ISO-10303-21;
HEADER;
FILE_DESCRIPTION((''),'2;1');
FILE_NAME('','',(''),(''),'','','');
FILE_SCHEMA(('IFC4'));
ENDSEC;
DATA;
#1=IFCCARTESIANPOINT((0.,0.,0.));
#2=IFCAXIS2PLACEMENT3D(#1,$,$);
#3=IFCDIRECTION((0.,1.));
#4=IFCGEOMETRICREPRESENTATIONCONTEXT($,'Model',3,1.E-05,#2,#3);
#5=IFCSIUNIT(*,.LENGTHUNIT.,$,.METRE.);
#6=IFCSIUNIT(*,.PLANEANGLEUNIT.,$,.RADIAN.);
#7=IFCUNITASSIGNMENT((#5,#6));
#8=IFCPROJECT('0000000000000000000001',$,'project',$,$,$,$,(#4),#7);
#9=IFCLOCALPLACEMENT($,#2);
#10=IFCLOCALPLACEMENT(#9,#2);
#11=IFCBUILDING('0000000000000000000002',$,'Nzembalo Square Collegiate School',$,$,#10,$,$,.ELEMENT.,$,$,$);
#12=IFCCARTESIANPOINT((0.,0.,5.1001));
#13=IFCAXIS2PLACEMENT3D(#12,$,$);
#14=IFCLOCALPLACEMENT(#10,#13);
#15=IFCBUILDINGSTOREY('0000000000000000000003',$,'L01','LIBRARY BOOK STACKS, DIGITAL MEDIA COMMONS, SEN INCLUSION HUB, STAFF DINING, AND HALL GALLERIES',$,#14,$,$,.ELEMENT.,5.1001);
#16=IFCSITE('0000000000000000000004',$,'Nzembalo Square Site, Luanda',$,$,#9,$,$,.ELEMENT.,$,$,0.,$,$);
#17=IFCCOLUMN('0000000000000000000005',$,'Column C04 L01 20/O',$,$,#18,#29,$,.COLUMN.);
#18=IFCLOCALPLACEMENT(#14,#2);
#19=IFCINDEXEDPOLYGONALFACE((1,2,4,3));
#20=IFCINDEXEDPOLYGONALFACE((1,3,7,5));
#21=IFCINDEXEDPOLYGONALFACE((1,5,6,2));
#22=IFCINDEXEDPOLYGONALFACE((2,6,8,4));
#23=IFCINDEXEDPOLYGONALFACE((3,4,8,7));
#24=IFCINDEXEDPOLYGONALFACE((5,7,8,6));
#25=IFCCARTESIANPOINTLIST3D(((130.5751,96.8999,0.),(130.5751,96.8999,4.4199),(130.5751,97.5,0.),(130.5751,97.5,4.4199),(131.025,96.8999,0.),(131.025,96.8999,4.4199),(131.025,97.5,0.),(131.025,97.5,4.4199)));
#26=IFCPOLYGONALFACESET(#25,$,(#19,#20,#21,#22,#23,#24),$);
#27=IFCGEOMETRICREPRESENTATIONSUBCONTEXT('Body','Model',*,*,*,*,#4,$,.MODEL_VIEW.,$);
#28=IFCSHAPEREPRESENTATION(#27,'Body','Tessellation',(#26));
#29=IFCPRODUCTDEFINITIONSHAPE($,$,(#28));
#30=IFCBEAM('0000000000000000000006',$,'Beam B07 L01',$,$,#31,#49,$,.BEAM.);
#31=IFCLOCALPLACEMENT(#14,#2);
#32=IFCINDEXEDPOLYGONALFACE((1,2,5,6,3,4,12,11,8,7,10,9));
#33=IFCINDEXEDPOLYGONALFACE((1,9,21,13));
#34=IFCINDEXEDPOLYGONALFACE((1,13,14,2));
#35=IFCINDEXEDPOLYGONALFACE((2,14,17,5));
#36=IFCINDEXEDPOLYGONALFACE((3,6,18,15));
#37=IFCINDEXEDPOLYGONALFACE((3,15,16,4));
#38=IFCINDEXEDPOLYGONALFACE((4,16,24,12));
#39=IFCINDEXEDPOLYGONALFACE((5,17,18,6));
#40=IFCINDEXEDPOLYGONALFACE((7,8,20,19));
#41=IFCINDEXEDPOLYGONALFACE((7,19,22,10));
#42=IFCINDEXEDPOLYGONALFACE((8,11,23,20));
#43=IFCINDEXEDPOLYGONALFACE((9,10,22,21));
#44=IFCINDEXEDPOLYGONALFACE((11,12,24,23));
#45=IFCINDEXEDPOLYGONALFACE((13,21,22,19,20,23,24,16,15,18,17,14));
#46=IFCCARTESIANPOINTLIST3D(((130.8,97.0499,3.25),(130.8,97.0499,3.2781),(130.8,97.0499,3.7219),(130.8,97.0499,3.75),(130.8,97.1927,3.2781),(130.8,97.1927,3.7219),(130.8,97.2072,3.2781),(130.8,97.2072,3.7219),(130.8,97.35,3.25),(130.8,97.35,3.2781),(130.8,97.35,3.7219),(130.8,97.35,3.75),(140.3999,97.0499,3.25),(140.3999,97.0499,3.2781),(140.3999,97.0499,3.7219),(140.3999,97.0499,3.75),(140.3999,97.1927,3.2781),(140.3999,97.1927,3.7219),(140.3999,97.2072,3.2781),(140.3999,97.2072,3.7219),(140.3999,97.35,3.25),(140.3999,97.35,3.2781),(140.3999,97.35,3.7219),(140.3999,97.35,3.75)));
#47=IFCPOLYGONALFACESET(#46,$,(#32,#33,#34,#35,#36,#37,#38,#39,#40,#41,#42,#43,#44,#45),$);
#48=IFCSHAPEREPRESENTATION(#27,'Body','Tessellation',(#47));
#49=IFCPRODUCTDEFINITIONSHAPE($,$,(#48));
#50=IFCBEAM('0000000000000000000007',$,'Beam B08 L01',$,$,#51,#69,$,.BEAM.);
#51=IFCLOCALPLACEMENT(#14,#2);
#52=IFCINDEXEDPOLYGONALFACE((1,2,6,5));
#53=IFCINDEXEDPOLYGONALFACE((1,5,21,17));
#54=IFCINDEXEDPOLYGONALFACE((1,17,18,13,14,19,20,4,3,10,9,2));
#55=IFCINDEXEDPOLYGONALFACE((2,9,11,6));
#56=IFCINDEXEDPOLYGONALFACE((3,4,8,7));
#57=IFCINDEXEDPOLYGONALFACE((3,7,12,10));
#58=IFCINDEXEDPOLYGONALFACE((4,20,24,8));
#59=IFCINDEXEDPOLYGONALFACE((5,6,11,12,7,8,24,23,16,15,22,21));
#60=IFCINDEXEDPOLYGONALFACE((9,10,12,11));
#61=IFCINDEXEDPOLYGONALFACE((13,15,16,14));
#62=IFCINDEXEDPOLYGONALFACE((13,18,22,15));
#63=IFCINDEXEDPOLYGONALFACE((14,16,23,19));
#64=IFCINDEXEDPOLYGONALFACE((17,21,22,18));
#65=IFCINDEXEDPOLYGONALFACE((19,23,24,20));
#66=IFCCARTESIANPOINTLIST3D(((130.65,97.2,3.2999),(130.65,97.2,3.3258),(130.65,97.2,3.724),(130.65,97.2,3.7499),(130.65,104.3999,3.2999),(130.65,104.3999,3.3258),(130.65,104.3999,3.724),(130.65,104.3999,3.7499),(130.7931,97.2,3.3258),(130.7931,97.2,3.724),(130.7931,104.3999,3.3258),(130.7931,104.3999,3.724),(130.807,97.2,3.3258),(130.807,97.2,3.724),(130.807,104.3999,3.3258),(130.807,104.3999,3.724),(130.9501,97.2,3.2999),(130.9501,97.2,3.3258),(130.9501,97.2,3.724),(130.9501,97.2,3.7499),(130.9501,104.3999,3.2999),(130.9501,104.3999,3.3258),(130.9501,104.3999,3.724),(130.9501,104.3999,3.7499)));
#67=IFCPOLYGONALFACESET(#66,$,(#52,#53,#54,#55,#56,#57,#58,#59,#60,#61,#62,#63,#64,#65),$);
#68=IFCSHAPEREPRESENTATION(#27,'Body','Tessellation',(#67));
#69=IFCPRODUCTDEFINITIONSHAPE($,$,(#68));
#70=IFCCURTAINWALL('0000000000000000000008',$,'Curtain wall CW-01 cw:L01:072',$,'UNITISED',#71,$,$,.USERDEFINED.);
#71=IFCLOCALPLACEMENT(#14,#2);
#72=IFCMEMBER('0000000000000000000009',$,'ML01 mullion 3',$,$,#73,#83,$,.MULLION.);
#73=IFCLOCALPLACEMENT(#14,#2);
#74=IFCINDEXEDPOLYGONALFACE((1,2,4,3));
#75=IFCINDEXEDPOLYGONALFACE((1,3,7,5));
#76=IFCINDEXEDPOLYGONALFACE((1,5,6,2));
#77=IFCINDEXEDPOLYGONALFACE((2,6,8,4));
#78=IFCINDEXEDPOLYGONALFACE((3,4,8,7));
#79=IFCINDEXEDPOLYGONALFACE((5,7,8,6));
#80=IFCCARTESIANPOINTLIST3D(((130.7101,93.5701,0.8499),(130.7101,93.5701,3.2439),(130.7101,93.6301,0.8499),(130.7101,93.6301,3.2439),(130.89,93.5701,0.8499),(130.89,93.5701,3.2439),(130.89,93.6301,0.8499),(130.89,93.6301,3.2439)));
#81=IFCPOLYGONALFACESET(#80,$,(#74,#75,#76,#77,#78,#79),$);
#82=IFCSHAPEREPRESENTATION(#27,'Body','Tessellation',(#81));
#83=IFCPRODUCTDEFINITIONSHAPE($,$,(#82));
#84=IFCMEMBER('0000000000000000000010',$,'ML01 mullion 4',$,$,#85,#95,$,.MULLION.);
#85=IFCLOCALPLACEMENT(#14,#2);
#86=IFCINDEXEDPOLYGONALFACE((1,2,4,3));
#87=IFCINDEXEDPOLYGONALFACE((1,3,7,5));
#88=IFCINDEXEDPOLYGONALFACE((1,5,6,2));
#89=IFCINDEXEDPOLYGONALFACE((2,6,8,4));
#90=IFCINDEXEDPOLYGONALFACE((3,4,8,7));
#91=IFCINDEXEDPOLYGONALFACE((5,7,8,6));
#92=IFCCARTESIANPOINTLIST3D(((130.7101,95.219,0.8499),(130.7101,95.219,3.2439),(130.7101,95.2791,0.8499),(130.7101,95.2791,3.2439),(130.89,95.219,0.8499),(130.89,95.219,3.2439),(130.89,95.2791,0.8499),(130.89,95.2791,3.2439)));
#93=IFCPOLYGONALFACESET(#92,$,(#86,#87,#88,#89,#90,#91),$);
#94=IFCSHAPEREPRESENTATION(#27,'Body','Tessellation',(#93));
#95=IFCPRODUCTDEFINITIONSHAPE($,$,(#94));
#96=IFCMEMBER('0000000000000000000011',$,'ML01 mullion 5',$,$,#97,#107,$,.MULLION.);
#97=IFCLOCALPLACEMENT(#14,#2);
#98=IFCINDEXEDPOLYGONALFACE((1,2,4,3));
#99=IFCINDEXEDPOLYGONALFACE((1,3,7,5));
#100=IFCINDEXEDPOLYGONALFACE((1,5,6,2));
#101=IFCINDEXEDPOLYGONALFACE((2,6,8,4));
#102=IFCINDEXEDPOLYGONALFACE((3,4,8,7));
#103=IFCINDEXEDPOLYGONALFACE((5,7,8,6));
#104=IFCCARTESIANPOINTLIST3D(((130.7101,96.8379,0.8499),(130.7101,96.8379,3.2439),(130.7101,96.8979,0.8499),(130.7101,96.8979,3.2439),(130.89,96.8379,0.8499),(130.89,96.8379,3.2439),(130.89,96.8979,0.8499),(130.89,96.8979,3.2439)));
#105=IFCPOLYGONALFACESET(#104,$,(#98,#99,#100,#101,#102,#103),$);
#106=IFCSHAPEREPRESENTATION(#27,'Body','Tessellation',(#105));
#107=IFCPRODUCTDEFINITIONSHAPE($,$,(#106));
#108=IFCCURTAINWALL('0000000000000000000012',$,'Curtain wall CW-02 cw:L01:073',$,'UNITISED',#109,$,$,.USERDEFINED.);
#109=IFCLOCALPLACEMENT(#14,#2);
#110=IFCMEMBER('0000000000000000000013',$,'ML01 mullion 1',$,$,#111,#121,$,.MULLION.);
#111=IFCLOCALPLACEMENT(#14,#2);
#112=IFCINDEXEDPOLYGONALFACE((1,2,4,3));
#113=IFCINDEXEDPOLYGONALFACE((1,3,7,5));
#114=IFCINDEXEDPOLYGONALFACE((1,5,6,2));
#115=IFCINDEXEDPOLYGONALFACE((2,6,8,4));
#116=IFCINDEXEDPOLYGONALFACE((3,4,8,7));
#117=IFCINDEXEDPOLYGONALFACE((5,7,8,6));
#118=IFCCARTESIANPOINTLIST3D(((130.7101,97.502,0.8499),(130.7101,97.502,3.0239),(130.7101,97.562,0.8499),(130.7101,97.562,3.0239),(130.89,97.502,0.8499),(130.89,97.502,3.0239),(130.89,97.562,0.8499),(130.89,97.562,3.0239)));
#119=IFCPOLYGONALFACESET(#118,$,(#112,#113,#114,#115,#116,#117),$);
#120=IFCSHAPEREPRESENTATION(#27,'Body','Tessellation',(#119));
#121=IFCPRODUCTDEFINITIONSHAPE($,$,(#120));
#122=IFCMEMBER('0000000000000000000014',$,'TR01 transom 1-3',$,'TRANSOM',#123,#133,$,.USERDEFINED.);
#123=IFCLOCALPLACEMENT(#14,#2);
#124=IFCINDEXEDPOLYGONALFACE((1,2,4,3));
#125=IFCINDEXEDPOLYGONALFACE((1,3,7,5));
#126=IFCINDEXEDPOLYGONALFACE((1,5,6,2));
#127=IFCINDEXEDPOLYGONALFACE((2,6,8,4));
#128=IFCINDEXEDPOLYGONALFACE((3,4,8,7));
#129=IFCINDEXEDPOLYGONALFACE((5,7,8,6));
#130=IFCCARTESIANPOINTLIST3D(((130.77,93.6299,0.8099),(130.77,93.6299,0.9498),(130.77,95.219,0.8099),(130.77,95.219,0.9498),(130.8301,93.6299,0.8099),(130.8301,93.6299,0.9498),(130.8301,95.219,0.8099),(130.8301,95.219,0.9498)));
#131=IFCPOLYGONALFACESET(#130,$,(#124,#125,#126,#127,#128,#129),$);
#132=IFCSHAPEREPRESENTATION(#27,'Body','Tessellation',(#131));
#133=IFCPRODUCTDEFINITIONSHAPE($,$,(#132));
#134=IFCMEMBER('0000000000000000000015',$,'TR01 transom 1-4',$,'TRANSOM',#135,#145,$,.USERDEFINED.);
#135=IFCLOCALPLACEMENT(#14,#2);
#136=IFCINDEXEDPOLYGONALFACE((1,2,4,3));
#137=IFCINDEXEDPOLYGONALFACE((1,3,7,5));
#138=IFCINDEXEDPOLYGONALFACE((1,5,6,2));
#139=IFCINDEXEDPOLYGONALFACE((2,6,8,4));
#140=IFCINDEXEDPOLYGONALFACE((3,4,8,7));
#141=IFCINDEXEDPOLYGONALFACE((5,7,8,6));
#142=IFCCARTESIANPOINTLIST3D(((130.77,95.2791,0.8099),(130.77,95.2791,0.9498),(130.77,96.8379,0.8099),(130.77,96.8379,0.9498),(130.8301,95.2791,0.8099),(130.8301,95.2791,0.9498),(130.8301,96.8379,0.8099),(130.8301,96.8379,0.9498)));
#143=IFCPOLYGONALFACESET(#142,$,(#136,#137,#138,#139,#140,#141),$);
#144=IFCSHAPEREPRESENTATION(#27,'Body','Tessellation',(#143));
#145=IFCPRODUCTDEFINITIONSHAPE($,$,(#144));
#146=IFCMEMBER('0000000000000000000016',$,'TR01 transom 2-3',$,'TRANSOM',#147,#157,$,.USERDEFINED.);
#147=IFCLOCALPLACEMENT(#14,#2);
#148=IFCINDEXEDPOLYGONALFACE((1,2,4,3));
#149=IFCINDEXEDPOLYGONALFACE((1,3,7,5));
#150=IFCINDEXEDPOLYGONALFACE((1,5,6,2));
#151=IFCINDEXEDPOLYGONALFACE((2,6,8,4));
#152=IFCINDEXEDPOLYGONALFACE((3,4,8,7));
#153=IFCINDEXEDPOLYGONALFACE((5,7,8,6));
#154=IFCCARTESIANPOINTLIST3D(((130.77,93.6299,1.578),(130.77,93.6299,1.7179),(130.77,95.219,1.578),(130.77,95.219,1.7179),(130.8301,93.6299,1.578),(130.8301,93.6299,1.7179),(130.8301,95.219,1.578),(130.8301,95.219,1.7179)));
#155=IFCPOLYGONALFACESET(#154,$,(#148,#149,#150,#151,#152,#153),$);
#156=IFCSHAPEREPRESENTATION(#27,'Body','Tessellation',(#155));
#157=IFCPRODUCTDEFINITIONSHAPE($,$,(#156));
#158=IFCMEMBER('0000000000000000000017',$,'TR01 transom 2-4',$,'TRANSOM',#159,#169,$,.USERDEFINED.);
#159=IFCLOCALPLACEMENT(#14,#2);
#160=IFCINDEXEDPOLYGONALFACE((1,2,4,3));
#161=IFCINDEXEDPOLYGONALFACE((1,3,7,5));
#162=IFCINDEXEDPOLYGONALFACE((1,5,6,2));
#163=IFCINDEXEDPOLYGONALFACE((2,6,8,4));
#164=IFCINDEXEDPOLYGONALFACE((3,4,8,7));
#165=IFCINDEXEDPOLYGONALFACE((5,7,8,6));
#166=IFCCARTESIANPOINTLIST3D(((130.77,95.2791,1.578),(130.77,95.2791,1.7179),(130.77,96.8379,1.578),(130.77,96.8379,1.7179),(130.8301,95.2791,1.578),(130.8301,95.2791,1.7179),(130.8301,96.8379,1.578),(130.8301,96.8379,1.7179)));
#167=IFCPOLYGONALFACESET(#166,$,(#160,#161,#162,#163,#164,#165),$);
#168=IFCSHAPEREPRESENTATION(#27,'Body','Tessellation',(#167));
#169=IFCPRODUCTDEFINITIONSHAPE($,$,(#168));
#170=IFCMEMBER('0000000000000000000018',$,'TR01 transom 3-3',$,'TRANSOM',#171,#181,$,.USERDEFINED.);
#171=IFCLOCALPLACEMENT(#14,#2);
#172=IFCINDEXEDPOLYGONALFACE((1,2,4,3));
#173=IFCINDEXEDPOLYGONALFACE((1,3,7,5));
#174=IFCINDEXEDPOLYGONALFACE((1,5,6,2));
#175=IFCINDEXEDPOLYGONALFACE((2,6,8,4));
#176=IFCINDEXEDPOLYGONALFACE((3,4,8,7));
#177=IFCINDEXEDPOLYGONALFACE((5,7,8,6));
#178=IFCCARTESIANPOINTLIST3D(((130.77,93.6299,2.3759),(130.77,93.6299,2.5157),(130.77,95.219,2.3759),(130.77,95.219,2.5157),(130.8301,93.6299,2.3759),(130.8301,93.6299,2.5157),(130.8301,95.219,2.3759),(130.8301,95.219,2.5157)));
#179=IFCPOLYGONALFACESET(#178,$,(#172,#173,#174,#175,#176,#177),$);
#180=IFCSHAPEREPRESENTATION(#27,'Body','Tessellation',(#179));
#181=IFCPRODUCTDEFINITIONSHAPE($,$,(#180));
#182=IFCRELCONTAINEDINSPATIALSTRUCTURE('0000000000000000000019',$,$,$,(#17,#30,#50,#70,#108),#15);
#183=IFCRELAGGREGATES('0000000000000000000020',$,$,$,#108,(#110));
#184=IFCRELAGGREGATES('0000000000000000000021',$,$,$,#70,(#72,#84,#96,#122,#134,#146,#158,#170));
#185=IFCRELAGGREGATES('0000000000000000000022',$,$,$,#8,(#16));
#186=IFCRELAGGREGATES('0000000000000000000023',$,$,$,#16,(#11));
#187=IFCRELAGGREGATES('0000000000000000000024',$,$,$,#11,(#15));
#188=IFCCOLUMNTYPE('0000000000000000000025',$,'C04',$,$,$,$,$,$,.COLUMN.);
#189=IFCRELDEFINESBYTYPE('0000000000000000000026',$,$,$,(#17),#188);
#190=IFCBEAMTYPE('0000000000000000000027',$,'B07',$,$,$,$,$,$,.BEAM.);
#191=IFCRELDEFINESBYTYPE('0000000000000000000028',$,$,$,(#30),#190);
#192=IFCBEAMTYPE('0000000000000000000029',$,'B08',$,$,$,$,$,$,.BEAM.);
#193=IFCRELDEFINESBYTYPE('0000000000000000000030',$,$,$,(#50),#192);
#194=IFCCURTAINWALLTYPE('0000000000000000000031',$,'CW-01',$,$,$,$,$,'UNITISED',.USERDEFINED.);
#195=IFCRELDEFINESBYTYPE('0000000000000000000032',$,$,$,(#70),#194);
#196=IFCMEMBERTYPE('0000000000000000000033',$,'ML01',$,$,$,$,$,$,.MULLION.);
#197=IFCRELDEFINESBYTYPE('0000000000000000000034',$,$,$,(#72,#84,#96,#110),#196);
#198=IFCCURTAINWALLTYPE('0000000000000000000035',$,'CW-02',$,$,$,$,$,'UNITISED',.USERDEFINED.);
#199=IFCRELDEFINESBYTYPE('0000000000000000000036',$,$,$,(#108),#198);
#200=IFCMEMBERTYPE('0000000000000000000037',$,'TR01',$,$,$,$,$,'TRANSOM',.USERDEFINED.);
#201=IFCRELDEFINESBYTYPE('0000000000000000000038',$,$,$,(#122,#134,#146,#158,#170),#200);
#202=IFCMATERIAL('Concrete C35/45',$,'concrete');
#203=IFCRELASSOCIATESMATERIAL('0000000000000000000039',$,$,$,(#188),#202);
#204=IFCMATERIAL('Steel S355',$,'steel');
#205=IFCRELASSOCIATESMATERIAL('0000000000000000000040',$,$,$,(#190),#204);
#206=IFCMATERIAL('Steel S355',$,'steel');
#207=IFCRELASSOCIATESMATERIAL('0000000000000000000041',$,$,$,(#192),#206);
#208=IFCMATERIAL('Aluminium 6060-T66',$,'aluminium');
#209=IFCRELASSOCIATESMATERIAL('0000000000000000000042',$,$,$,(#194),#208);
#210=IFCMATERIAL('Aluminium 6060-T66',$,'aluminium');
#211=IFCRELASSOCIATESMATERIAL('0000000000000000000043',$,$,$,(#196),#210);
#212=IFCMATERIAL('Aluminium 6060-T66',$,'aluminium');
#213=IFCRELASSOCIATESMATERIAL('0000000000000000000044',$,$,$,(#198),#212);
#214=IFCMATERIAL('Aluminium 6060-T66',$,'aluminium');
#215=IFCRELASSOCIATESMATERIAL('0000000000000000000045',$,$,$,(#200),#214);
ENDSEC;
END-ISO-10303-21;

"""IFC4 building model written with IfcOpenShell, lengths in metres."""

from ifc_helpers import new_model, si_unit, direction, frame, origin, origin_2d, place, context, subcontext, project, spatial, rectangle, i_section, extrude, material, material_profile, profile_set, type_object, element, aggregate, save


model = new_model("IFC4")

# Units and contexts
model_context = context("Model", 3, precision=1e-05, world=origin(), true_north=direction((0.0, 1.0)))
body_context = subcontext(model_context, "Body", "Model", "MODEL_VIEW")
ifc_project = project(units=[si_unit("LENGTHUNIT", "METRE"), si_unit("PLANEANGLEUNIT", "RADIAN")], contexts=[model_context])

# Site, building, storey
site_placement = place(None, origin())
site = spatial("IfcSite", under=ifc_project, at=site_placement, Name="Nzembalo Square Site, Luanda", CompositionType="ELEMENT", RefElevation=0.0)
building_placement = place(site_placement, origin())
building = spatial("IfcBuilding", under=site, at=building_placement, Name="Nzembalo Square Collegiate School", CompositionType="ELEMENT")
storey_placement = place(building_placement, frame((0.0, 0.0, 5.1001)))
storey = spatial("IfcBuildingStorey", under=building, at=storey_placement, Name="L01", Description="LIBRARY BOOK STACKS, DIGITAL MEDIA COMMONS, SEN INCLUSION HUB, STAFF DINING, AND HALL GALLERIES", CompositionType="ELEMENT", Elevation=5.1001)

# Column
ifc_material_1 = material(Name="Concrete C35/45", Category="concrete")
ifc_material_profile_1 = material_profile(ifc_material_1, rectangle(XDim=0.45, YDim=0.6001, at=origin_2d()), Name="RC 450x600")
ifc_profile_set_1 = profile_set([ifc_material_profile_1], Name="Concrete C35/45")
column_type = type_object("IfcColumnType", Name="C04", PredefinedType="COLUMN", material=ifc_profile_set_1)
column_placement = place(storey_placement, frame((130.8, 97.2, 0.0), z_axis=(0.0, 0.0, 1.0), x_axis=(1.0, 0.0, 0.0)))
element("IfcColumn", 1, at=column_placement, inside=storey, type_object=column_type, Name="Column C04 L01 20/O", PredefinedType="COLUMN", context=body_context, shape_type="SweptSolid", body=[
    extrude(rectangle(XDim=0.45, YDim=0.6001, at=origin_2d()), origin(), (0.0, 0.0, 1.0), 4.4199),
])

# Beams
ifc_material_2 = material(Name="Steel S355", Category="steel")
ifc_material_profile_2 = material_profile(ifc_material_2, i_section(OverallWidth=0.3, OverallDepth=0.5, WebThickness=0.0144, FlangeThickness=0.0281, at=origin_2d()), Name="HEB 500")
ifc_profile_set_2 = profile_set([ifc_material_profile_2], Name="Steel S355")
beam_type_1 = type_object("IfcBeamType", Name="B07", PredefinedType="BEAM", material=ifc_profile_set_2)
beam_1_placement = place(storey_placement, frame((130.8, 97.2, 3.5), z_axis=(1.0, 0.0, 0.0), x_axis=(0.0, 1.0, 0.0)))
element("IfcBeam", 2, at=beam_1_placement, inside=storey, type_object=beam_type_1, Name="Beam B07 L01", PredefinedType="BEAM", context=body_context, shape_type="SweptSolid", body=[
    extrude(i_section(OverallWidth=0.3, OverallDepth=0.5, WebThickness=0.0144, FlangeThickness=0.0281, at=origin_2d()), origin(), (0.0, 0.0, 1.0), 9.5999),
])
ifc_material_3 = material(Name="Steel S355", Category="steel")
ifc_material_profile_3 = material_profile(ifc_material_3, i_section(OverallWidth=0.3, OverallDepth=0.45, WebThickness=0.0139, FlangeThickness=0.0259, at=origin_2d()), Name="HEB 450")
ifc_profile_set_3 = profile_set([ifc_material_profile_3], Name="Steel S355")
beam_type_2 = type_object("IfcBeamType", Name="B08", PredefinedType="BEAM", material=ifc_profile_set_3)
beam_2_placement = place(storey_placement, frame((130.8, 97.2, 3.5249), z_axis=(0.0, 1.0, 0.0), x_axis=(-1.0, 0.0, 0.0)))
element("IfcBeam", 3, at=beam_2_placement, inside=storey, type_object=beam_type_2, Name="Beam B08 L01", PredefinedType="BEAM", context=body_context, shape_type="SweptSolid", body=[
    extrude(i_section(OverallWidth=0.3, OverallDepth=0.45, WebThickness=0.0139, FlangeThickness=0.0259, at=origin_2d()), origin(), (0.0, 0.0, 1.0), 7.2),
])

# Curtain wall, members
ifc_material_4 = material(Name="Aluminium 6060-T66", Category="aluminium")
curtain_wall_type_1 = type_object("IfcCurtainWallType", Name="CW-01", ElementType="UNITISED", PredefinedType="USERDEFINED", material=ifc_material_4)
curtain_wall_1_placement = place(storey_placement, origin())
curtain_wall_1 = element("IfcCurtainWall", 4, at=curtain_wall_1_placement, inside=storey, type_object=curtain_wall_type_1, Name="Curtain wall CW-01 cw:L01:072", ObjectType="UNITISED", PredefinedType="USERDEFINED")
ifc_material_5 = material(Name="Aluminium 6060-T66", Category="aluminium")
ifc_material_profile_4 = material_profile(ifc_material_5, rectangle(XDim=0.0601, YDim=0.1799, at=origin_2d()), Name="ALU M60x180")
ifc_profile_set_4 = profile_set([ifc_material_profile_4], Name="Aluminium 6060-T66")
member_type_1 = type_object("IfcMemberType", Name="ML01", PredefinedType="MULLION", material=ifc_profile_set_4)
member_1_placement = place(storey_placement, frame((130.8, 93.6001, 0.8499), z_axis=(0.0, 0.0, 1.0), x_axis=(0.0, 1.0, 0.0)))
member_1 = element("IfcMember", 5, at=member_1_placement, type_object=member_type_1, Name="ML01 mullion 3", PredefinedType="MULLION", context=body_context, shape_type="SweptSolid", body=[
    extrude(rectangle(XDim=0.0601, YDim=0.1799, at=origin_2d()), origin(), (0.0, 0.0, 1.0), 2.394),
])
member_2_placement = place(storey_placement, frame((130.8, 95.249, 0.8499), z_axis=(0.0, 0.0, 1.0), x_axis=(0.0, 1.0, 0.0)))
member_2 = element("IfcMember", 6, at=member_2_placement, type_object=member_type_1, Name="ML01 mullion 4", PredefinedType="MULLION", context=body_context, shape_type="SweptSolid", body=[
    extrude(rectangle(XDim=0.0601, YDim=0.1799, at=origin_2d()), origin(), (0.0, 0.0, 1.0), 2.394),
])
member_3_placement = place(storey_placement, frame((130.8, 96.8679, 0.8499), z_axis=(0.0, 0.0, 1.0), x_axis=(0.0, 1.0, 0.0)))
member_3 = element("IfcMember", 7, at=member_3_placement, type_object=member_type_1, Name="ML01 mullion 5", PredefinedType="MULLION", context=body_context, shape_type="SweptSolid", body=[
    extrude(rectangle(XDim=0.0601, YDim=0.1799, at=origin_2d()), origin(), (0.0, 0.0, 1.0), 2.394),
])

# Curtain wall, member
ifc_material_6 = material(Name="Aluminium 6060-T66", Category="aluminium")
curtain_wall_type_2 = type_object("IfcCurtainWallType", Name="CW-02", ElementType="UNITISED", PredefinedType="USERDEFINED", material=ifc_material_6)
curtain_wall_2_placement = place(storey_placement, origin())
curtain_wall_2 = element("IfcCurtainWall", 8, at=curtain_wall_2_placement, inside=storey, type_object=curtain_wall_type_2, Name="Curtain wall CW-02 cw:L01:073", ObjectType="UNITISED", PredefinedType="USERDEFINED")
member_4_placement = place(storey_placement, frame((130.8, 97.532, 0.8499), z_axis=(0.0, 0.0, 1.0), x_axis=(0.0, 1.0, 0.0)))
member_4 = element("IfcMember", 9, at=member_4_placement, type_object=member_type_1, Name="ML01 mullion 1", PredefinedType="MULLION", context=body_context, shape_type="SweptSolid", body=[
    extrude(rectangle(XDim=0.0601, YDim=0.1799, at=origin_2d()), origin(), (0.0, 0.0, 1.0), 2.1741),
])

# Members
ifc_material_7 = material(Name="Aluminium 6060-T66", Category="aluminium")
ifc_material_profile_5 = material_profile(ifc_material_7, rectangle(XDim=0.0601, YDim=0.1399, at=origin_2d()), Name="ALU T60x140")
ifc_profile_set_5 = profile_set([ifc_material_profile_5], Name="Aluminium 6060-T66")
member_type_2 = type_object("IfcMemberType", Name="TR01", ElementType="TRANSOM", PredefinedType="USERDEFINED", material=ifc_profile_set_5)
member_5_placement = place(storey_placement, frame((130.8, 93.6299, 0.8799), z_axis=(0.0, 1.0, 0.0), x_axis=(-1.0, 0.0, 0.0)))
member_5 = element("IfcMember", 10, at=member_5_placement, type_object=member_type_2, Name="TR01 transom 1-3", ObjectType="TRANSOM", PredefinedType="USERDEFINED", context=body_context, shape_type="SweptSolid", body=[
    extrude(rectangle(XDim=0.0601, YDim=0.1399, at=origin_2d()), origin(), (0.0, 0.0, 1.0), 1.5891),
])
member_6_placement = place(storey_placement, frame((130.8, 95.2791, 0.8799), z_axis=(0.0, 1.0, 0.0), x_axis=(-1.0, 0.0, 0.0)))
member_6 = element("IfcMember", 11, at=member_6_placement, type_object=member_type_2, Name="TR01 transom 1-4", ObjectType="TRANSOM", PredefinedType="USERDEFINED", context=body_context, shape_type="SweptSolid", body=[
    extrude(rectangle(XDim=0.0601, YDim=0.1399, at=origin_2d()), origin(), (0.0, 0.0, 1.0), 1.5588),
])
member_7_placement = place(storey_placement, frame((130.8, 93.6299, 1.6479), z_axis=(0.0, 1.0, 0.0), x_axis=(-1.0, 0.0, 0.0)))
member_7 = element("IfcMember", 12, at=member_7_placement, type_object=member_type_2, Name="TR01 transom 2-3", ObjectType="TRANSOM", PredefinedType="USERDEFINED", context=body_context, shape_type="SweptSolid", body=[
    extrude(rectangle(XDim=0.0601, YDim=0.1399, at=origin_2d()), origin(), (0.0, 0.0, 1.0), 1.5891),
])
member_8_placement = place(storey_placement, frame((130.8, 95.2791, 1.6479), z_axis=(0.0, 1.0, 0.0), x_axis=(-1.0, 0.0, 0.0)))
member_8 = element("IfcMember", 13, at=member_8_placement, type_object=member_type_2, Name="TR01 transom 2-4", ObjectType="TRANSOM", PredefinedType="USERDEFINED", context=body_context, shape_type="SweptSolid", body=[
    extrude(rectangle(XDim=0.0601, YDim=0.1399, at=origin_2d()), origin(), (0.0, 0.0, 1.0), 1.5588),
])
member_9_placement = place(storey_placement, frame((130.8, 93.6299, 2.4458), z_axis=(0.0, 1.0, 0.0), x_axis=(-1.0, 0.0, 0.0)))
member_9 = element("IfcMember", 14, at=member_9_placement, type_object=member_type_2, Name="TR01 transom 3-3", ObjectType="TRANSOM", PredefinedType="USERDEFINED", context=body_context, shape_type="SweptSolid", body=[
    extrude(rectangle(XDim=0.0601, YDim=0.1399, at=origin_2d()), origin(), (0.0, 0.0, 1.0), 1.5891),
])
aggregate(curtain_wall_2, [member_4])

aggregate(curtain_wall_1, [member_1, member_2, member_3, member_5, member_6, member_7, member_8, member_9])

save(model, "model.ifc")
